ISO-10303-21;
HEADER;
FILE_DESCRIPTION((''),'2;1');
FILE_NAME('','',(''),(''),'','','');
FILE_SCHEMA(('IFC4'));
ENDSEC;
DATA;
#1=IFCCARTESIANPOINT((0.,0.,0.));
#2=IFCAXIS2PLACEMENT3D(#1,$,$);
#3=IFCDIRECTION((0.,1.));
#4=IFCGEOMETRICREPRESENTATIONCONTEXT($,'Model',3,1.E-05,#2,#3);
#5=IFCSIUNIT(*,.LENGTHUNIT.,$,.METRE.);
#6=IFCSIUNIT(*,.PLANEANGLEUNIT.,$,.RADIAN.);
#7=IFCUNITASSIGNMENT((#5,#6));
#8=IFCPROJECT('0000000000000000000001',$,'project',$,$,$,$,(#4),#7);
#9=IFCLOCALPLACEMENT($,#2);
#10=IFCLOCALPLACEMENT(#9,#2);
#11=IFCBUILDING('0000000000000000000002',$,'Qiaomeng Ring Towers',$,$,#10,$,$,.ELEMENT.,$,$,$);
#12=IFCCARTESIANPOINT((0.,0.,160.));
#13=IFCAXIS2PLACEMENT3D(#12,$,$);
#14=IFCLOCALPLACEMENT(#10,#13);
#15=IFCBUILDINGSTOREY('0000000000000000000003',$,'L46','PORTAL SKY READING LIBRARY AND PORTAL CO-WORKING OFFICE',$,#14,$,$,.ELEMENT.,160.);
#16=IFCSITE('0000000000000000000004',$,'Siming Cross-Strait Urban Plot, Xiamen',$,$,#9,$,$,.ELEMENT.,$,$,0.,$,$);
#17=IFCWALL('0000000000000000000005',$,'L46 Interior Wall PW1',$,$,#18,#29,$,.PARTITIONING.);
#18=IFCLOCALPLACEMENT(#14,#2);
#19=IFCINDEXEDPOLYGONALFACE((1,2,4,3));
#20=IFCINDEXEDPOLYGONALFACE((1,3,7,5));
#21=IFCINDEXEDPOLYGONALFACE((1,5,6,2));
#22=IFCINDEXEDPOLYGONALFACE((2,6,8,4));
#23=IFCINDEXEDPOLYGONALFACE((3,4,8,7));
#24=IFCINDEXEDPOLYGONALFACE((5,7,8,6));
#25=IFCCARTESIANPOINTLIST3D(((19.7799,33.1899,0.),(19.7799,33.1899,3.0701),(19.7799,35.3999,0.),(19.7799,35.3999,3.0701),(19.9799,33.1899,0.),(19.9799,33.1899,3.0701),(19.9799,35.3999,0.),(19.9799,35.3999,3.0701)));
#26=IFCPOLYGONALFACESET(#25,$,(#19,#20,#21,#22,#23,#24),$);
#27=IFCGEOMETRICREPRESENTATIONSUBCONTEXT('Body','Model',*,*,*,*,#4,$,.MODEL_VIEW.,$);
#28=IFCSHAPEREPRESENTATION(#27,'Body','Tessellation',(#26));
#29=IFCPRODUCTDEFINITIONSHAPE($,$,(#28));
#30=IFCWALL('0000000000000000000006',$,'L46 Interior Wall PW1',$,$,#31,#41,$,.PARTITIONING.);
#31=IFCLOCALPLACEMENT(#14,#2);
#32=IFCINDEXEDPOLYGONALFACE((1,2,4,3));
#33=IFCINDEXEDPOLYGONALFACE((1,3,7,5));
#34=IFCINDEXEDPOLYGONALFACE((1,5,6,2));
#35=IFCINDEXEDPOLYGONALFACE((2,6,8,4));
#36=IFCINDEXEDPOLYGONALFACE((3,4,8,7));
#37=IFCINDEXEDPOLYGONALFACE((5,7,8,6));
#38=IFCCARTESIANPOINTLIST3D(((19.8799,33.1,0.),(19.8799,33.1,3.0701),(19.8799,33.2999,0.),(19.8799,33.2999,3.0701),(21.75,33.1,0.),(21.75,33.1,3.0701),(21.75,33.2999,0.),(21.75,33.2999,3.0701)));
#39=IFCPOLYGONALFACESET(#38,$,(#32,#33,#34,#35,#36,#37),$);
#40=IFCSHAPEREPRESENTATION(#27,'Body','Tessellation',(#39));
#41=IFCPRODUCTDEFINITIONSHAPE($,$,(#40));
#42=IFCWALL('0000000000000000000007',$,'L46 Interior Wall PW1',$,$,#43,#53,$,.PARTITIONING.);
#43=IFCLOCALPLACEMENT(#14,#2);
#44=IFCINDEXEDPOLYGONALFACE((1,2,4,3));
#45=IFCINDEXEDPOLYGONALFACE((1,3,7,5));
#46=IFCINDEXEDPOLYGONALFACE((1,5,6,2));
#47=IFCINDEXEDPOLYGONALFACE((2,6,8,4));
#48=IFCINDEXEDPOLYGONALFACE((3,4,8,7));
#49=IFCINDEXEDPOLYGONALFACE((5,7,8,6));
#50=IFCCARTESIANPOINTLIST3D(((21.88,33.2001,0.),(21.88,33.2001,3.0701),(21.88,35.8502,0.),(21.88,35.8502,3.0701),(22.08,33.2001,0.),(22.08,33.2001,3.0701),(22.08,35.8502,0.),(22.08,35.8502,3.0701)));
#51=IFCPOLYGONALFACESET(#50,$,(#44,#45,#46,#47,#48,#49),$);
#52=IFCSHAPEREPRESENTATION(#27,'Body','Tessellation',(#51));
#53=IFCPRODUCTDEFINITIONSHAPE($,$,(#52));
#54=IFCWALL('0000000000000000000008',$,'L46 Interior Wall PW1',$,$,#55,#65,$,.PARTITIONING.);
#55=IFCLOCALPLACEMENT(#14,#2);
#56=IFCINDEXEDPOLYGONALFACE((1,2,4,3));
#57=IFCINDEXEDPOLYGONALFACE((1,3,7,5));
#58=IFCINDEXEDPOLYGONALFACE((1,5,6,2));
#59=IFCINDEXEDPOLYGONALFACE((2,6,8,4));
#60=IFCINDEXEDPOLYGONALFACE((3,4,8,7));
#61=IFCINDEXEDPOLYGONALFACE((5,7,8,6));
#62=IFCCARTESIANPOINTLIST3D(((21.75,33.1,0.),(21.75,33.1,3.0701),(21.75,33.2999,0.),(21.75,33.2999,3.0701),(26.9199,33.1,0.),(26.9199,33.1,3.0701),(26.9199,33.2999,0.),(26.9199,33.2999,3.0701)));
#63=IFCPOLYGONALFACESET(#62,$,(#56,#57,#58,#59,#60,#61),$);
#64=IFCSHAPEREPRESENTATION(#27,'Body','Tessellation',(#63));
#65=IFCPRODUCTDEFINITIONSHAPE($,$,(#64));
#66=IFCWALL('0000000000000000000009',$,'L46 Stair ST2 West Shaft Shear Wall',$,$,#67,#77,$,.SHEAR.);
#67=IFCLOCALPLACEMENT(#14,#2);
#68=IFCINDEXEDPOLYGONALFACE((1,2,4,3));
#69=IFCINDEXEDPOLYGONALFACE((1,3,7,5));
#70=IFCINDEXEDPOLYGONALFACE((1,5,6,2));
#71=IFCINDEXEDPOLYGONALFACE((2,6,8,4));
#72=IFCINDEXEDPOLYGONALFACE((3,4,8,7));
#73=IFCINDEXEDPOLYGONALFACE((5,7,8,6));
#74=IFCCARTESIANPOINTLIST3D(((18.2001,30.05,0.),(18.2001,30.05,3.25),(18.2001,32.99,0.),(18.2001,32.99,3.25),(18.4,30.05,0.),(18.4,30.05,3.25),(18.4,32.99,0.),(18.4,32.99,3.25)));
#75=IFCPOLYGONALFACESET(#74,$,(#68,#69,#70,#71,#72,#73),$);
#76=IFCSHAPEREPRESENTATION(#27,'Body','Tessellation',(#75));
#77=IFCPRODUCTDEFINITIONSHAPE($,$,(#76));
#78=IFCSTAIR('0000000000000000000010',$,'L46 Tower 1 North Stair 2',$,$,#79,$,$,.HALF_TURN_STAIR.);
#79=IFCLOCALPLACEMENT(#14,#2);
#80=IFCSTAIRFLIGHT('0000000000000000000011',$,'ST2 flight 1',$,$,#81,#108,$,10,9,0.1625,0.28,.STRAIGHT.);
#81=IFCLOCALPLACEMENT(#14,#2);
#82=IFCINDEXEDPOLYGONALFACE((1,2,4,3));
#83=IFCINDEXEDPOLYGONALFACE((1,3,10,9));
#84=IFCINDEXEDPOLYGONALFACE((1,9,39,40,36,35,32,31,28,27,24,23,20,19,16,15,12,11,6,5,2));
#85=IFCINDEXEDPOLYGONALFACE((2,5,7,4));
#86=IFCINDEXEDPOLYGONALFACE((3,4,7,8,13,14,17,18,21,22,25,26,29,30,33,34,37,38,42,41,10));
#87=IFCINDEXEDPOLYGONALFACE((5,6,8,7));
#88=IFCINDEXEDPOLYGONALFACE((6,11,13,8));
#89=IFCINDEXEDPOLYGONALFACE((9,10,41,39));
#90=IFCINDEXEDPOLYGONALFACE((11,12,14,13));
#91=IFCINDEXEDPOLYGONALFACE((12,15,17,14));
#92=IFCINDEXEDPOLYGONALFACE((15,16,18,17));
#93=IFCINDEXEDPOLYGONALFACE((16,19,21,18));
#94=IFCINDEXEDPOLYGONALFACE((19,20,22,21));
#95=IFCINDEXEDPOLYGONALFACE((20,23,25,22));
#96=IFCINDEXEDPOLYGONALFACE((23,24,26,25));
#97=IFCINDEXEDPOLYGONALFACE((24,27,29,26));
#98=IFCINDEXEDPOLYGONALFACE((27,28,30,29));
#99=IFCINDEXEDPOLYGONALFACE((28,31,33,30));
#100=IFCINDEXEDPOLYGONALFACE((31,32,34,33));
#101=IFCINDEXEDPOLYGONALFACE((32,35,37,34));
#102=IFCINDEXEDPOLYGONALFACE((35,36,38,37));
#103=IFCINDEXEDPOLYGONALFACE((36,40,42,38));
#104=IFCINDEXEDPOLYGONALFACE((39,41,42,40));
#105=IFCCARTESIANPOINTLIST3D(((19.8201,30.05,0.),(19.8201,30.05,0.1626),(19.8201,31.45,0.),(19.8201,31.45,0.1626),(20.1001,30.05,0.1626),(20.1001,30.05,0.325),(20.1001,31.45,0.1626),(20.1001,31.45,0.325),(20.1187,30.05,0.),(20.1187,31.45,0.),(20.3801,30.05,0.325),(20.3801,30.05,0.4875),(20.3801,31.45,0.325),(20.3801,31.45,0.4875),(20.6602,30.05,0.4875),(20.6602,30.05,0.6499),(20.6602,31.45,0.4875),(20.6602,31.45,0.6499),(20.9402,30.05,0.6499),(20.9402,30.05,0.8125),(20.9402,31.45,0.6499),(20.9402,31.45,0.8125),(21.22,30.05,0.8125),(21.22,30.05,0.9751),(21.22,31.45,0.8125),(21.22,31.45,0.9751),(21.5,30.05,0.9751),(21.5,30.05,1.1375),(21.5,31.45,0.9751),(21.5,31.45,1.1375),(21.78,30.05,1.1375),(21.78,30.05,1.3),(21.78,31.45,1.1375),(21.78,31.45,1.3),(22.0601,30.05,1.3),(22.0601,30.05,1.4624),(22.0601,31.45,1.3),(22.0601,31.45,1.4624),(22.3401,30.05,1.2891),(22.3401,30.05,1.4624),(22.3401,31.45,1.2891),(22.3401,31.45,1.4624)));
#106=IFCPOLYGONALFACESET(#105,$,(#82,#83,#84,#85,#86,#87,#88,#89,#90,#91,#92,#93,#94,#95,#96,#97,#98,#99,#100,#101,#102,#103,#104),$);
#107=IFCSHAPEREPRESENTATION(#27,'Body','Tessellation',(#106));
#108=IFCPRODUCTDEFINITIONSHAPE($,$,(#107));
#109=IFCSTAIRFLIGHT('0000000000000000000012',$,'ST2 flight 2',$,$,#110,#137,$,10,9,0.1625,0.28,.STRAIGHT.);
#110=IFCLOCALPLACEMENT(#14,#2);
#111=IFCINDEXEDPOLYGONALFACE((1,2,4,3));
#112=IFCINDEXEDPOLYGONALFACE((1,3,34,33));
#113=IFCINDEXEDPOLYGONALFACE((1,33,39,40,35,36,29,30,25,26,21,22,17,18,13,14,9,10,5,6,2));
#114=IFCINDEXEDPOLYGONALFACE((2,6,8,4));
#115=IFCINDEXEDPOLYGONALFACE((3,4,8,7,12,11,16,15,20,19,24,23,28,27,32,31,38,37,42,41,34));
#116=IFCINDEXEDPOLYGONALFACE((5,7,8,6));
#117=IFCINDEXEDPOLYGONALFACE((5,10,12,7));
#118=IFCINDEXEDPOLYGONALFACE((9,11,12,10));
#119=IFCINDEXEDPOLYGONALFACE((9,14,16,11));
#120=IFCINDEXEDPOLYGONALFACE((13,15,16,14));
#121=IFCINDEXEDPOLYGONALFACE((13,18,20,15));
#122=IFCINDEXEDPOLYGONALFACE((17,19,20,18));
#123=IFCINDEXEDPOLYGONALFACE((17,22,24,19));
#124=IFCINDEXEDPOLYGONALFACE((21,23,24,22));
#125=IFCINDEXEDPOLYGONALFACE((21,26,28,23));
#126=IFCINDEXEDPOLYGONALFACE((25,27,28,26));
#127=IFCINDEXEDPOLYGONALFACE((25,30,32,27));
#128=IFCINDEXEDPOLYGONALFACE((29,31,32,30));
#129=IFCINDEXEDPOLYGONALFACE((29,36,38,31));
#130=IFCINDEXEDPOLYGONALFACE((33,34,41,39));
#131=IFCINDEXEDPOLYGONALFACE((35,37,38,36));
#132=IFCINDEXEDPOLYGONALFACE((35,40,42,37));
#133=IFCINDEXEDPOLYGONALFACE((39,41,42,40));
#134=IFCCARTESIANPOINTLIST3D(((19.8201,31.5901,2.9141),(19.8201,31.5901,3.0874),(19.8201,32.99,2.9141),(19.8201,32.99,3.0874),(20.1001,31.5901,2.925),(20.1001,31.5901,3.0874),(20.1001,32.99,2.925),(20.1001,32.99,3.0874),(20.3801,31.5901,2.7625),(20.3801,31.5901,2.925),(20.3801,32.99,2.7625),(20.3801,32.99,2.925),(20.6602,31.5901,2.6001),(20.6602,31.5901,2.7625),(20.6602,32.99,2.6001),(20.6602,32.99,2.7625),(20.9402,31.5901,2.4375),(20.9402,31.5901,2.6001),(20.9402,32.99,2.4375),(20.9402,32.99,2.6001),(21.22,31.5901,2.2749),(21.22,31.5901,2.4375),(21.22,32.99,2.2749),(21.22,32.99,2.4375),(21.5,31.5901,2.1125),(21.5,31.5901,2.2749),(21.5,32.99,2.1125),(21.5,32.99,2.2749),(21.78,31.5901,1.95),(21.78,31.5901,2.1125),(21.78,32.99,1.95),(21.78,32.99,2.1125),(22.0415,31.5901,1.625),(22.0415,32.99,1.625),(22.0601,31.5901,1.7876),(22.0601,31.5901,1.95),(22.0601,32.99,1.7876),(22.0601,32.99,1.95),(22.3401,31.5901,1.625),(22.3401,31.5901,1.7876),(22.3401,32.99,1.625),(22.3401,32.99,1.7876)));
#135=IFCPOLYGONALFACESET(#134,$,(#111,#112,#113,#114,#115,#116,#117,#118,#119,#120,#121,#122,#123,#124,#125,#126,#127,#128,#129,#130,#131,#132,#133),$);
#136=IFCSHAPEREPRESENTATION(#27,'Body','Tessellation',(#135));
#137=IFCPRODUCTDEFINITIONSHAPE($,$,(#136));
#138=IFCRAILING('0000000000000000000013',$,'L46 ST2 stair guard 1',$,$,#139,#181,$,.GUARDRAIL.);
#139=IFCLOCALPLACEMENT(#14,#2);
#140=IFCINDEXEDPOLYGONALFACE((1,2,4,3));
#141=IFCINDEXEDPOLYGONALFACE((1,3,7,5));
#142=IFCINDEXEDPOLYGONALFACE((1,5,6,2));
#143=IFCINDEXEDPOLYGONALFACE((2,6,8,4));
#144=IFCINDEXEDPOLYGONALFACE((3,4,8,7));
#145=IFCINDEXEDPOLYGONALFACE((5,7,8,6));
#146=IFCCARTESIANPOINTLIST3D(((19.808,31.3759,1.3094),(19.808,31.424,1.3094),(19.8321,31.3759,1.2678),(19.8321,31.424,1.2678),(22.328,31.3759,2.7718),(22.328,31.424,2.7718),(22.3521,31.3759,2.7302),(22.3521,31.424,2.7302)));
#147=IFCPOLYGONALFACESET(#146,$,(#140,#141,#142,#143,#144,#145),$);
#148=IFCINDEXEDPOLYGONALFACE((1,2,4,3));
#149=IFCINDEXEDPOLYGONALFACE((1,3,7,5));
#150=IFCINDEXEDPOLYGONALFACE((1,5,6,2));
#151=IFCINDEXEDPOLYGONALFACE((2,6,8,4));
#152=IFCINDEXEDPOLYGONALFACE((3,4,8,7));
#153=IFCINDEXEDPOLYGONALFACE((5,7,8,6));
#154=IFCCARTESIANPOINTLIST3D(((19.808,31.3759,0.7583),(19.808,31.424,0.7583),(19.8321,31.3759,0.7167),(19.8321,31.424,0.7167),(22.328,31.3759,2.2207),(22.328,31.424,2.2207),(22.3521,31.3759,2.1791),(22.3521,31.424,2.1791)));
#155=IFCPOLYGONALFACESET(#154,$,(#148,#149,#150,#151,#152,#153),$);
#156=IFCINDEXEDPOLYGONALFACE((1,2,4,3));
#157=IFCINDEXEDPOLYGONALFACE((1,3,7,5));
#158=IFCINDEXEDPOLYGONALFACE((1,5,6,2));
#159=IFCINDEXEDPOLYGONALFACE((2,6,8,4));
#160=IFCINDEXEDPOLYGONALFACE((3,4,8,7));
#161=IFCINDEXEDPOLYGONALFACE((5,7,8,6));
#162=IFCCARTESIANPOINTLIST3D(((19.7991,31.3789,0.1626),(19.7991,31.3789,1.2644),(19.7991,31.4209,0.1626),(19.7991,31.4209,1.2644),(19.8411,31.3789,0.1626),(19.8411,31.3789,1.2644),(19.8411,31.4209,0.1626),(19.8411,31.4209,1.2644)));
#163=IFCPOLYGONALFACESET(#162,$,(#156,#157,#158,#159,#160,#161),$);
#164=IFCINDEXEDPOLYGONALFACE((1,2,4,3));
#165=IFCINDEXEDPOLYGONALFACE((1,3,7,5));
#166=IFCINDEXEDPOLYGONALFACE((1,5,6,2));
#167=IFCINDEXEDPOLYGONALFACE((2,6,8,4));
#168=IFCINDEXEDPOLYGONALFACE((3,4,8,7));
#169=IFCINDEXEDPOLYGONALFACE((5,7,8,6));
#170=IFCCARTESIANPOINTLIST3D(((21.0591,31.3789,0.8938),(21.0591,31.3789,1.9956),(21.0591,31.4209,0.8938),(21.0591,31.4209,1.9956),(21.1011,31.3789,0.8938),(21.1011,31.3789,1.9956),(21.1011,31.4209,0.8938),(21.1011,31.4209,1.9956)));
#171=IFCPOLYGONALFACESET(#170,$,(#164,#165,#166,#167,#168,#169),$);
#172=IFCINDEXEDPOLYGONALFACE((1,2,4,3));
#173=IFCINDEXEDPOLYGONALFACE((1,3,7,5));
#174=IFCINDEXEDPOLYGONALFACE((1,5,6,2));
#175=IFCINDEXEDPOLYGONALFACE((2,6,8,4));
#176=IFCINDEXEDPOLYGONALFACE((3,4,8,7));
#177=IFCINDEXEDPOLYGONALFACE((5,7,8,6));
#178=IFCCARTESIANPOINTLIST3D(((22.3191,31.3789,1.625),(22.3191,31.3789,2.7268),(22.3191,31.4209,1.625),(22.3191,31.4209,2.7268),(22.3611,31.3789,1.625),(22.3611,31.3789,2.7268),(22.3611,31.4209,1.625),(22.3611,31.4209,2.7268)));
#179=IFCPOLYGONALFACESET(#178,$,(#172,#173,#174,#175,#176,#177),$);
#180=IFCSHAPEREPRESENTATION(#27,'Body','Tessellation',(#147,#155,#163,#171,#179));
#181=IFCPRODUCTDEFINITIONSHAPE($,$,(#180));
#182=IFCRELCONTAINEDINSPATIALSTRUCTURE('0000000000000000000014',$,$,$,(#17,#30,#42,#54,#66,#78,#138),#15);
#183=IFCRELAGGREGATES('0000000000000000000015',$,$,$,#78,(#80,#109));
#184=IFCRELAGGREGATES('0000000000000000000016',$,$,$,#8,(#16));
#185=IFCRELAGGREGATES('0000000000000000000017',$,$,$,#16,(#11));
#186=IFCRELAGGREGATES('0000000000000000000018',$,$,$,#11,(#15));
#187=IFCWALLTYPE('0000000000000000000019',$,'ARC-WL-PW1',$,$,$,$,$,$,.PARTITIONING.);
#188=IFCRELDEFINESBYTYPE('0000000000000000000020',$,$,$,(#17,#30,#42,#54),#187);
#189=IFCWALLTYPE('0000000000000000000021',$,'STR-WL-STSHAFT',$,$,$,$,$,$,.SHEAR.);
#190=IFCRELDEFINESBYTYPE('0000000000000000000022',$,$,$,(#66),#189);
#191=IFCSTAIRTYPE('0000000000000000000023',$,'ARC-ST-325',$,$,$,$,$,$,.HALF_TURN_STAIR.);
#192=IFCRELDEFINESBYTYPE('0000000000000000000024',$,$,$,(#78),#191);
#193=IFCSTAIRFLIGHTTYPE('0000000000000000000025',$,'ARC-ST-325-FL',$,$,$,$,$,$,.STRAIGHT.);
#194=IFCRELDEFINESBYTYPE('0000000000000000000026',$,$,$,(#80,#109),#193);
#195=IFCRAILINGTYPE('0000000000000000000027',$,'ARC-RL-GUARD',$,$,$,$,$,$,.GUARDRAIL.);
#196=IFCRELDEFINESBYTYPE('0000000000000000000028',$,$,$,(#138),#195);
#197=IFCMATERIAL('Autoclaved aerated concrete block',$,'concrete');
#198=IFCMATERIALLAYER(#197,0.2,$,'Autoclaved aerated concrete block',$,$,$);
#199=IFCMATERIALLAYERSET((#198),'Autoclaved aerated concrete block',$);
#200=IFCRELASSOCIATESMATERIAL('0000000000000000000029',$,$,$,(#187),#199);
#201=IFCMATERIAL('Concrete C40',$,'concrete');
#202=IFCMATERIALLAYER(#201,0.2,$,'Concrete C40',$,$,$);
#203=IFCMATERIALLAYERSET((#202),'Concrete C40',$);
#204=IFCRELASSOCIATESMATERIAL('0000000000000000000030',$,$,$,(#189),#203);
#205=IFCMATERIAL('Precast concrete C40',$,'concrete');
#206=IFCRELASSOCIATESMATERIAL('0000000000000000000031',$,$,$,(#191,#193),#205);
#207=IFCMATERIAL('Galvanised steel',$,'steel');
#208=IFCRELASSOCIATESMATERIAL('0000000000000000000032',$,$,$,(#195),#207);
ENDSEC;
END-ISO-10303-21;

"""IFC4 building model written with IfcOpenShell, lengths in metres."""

from ifc_helpers import new_model, si_unit, direction, frame, frame_2d, origin, origin_2d, place, context, subcontext, project, spatial, polyline, rectangle, outline, extrude, source, transform, mapped, material, layer, layer_set, type_object, element, aggregate, save


model = new_model("IFC4")

# Units and contexts
model_context = context("Model", 3, precision=1e-05, world=origin(), true_north=direction((0.0, 1.0)))
body_context = subcontext(model_context, "Body", "Model", "MODEL_VIEW")
ifc_project = project(units=[si_unit("LENGTHUNIT", "METRE"), si_unit("PLANEANGLEUNIT", "RADIAN")], contexts=[model_context])

# Site, building, storey
site_placement = place(None, origin())
site = spatial("IfcSite", under=ifc_project, at=site_placement, Name="Siming Cross-Strait Urban Plot, Xiamen", CompositionType="ELEMENT", RefElevation=0.0)
building_placement = place(site_placement, origin())
building = spatial("IfcBuilding", under=site, at=building_placement, Name="Qiaomeng Ring Towers", CompositionType="ELEMENT")
storey_placement = place(building_placement, frame((0.0, 0.0, 160.0)))
storey = spatial("IfcBuildingStorey", under=building, at=storey_placement, Name="L46", Description="PORTAL SKY READING LIBRARY AND PORTAL CO-WORKING OFFICE", CompositionType="ELEMENT", Elevation=160.0)

# Walls
ifc_material_1 = material(Name="Autoclaved aerated concrete block", Category="concrete")
ifc_layer_1 = layer(ifc_material_1, 0.2, Name="Autoclaved aerated concrete block")
ifc_layer_set_1 = layer_set([ifc_layer_1], Name="Autoclaved aerated concrete block")
wall_type_1 = type_object("IfcWallType", Name="ARC-WL-PW1", PredefinedType="PARTITIONING", material=ifc_layer_set_1)
wall_1_placement = place(storey_placement, frame((19.8799, 33.1899, 0.0), z_axis=(0.0, 0.0, 1.0), x_axis=(0.0, 1.0, 0.0)))
element("IfcWall", 1, at=wall_1_placement, inside=storey, type_object=wall_type_1, Name="L46 Interior Wall PW1", PredefinedType="PARTITIONING", context=body_context, shape_type="SweptSolid", body=[
    extrude(rectangle(XDim=2.21, YDim=0.2, at=frame_2d((1.105, 0.0))), origin(), (0.0, 0.0, 1.0), 3.0701),
])
wall_2_placement = place(storey_placement, frame((19.8799, 33.2, 0.0), z_axis=(0.0, 0.0, 1.0), x_axis=(1.0, 0.0, 0.0)))
element("IfcWall", 2, at=wall_2_placement, inside=storey, type_object=wall_type_1, Name="L46 Interior Wall PW1", PredefinedType="PARTITIONING", context=body_context, shape_type="SweptSolid", body=[
    extrude(rectangle(XDim=1.8701, YDim=0.2, at=frame_2d((0.9351, 0.0))), origin(), (0.0, 0.0, 1.0), 3.0701),
])
wall_3_placement = place(storey_placement, frame((21.98, 33.2, 0.0), z_axis=(0.0, 0.0, 1.0), x_axis=(0.0, 1.0, 0.0)))
element("IfcWall", 3, at=wall_3_placement, inside=storey, type_object=wall_type_1, Name="L46 Interior Wall PW1", PredefinedType="PARTITIONING", context=body_context, shape_type="SweptSolid", body=[
    extrude(rectangle(XDim=2.6501, YDim=0.2, at=frame_2d((1.3252, 0.0))), origin(), (0.0, 0.0, 1.0), 3.0701),
])
wall_4_placement = place(storey_placement, frame((21.75, 33.2, 0.0), z_axis=(0.0, 0.0, 1.0), x_axis=(1.0, 0.0, 0.0)))
element("IfcWall", 4, at=wall_4_placement, inside=storey, type_object=wall_type_1, Name="L46 Interior Wall PW1", PredefinedType="PARTITIONING", context=body_context, shape_type="SweptSolid", body=[
    extrude(rectangle(XDim=5.1699, YDim=0.2, at=frame_2d((2.585, 0.0))), origin(), (0.0, 0.0, 1.0), 3.0701),
])
ifc_material_2 = material(Name="Concrete C40", Category="concrete")
ifc_layer_2 = layer(ifc_material_2, 0.2, Name="Concrete C40")
ifc_layer_set_2 = layer_set([ifc_layer_2], Name="Concrete C40")
wall_type_2 = type_object("IfcWallType", Name="STR-WL-STSHAFT", PredefinedType="SHEAR", material=ifc_layer_set_2)
wall_5_placement = place(storey_placement, frame((18.3, 30.05, 0.0), z_axis=(0.0, 0.0, 1.0), x_axis=(0.0, 1.0, 0.0)))
element("IfcWall", 5, at=wall_5_placement, inside=storey, type_object=wall_type_2, Name="L46 Stair ST2 West Shaft Shear Wall", PredefinedType="SHEAR", context=body_context, shape_type="SweptSolid", body=[
    extrude(rectangle(XDim=2.9399, YDim=0.2, at=frame_2d((1.47, 0.0))), origin(), (0.0, 0.0, 1.0), 3.25),
])

# Stair, stair flights
ifc_material_3 = material(Name="Precast concrete C40", Category="concrete")
stair_type = type_object("IfcStairType", Name="ARC-ST-325", PredefinedType="HALF_TURN_STAIR", material=ifc_material_3)
stair_placement = place(storey_placement, origin())
stair = element("IfcStair", 6, at=stair_placement, inside=storey, type_object=stair_type, Name="L46 Tower 1 North Stair 2", PredefinedType="HALF_TURN_STAIR")
stair_flight_type = type_object("IfcStairFlightType", Name="ARC-ST-325-FL", PredefinedType="STRAIGHT", material=ifc_material_3)
shared_shape = source(origin(), body_context, "Body", "SweptSolid", [
    extrude(outline(polyline([(0.0, 0.0), (0.0, 0.1626), (0.28, 0.1626), (0.28, 0.325), (0.5601, 0.325), (0.5601, 0.4875), (0.8401, 0.4875), (0.8401, 0.6499), (1.1201, 0.6499), (1.1201, 0.8125), (1.3999, 0.8125), (1.3999, 0.9751), (1.6799, 0.9751), (1.6799, 1.1375), (1.96, 1.1375), (1.96, 1.3), (2.24, 1.3), (2.24, 1.4624), (2.52, 1.4624), (2.52, 1.625), (2.52, 1.2891), (0.2986, 0.0), (0.0, 0.0)])), frame((0.0, 0.7, 0.0), z_axis=(0.0, -1.0, 0.0), x_axis=(1.0, 0.0, 0.0)), (0.0, 0.0, 1.0), 1.3999),
])
stair_flight_1_placement = place(storey_placement, frame((19.8201, 30.75, 0.0), z_axis=(0.0, 0.0, 1.0), x_axis=(1.0, 0.0, 0.0)))
stair_flight_1 = element("IfcStairFlight", 7, at=stair_flight_1_placement, type_object=stair_flight_type, Name="ST2 flight 1", NumberOfRisers=10, NumberOfTreads=9, PredefinedType="STRAIGHT", RiserHeight=0.1625, TreadLength=0.28, context=body_context, shape_type="MappedRepresentation", body=[
    mapped(shared_shape, transform((0.0, 0.0, 0.0), x_axis=(1.0, 0.0, 0.0), y_axis=(0.0, 1.0, 0.0), z_axis=(0.0, 0.0, 1.0), scale=1.0)),
])
stair_flight_2_placement = place(storey_placement, frame((22.3401, 32.29, 1.625), z_axis=(0.0, 0.0, 1.0), x_axis=(-1.0, 0.0, 0.0)))
stair_flight_2 = element("IfcStairFlight", 8, at=stair_flight_2_placement, type_object=stair_flight_type, Name="ST2 flight 2", NumberOfRisers=10, NumberOfTreads=9, PredefinedType="STRAIGHT", RiserHeight=0.1625, TreadLength=0.28, context=body_context, shape_type="MappedRepresentation", body=[
    mapped(shared_shape, transform((0.0, 0.0, 0.0), x_axis=(1.0, 0.0, 0.0), y_axis=(0.0, 1.0, 0.0), z_axis=(0.0, 0.0, 1.0), scale=1.0)),
])
aggregate(stair, [stair_flight_1, stair_flight_2])

# Railing
ifc_material_4 = material(Name="Galvanised steel", Category="steel")
railing_type_1 = type_object("IfcRailingType", Name="ARC-RL-GUARD", PredefinedType="GUARDRAIL", material=ifc_material_4)
railing_1_placement = place(storey_placement, frame((19.8201, 31.3999, 0.1626)))
element("IfcRailing", 9, at=railing_1_placement, inside=storey, type_object=railing_type_1, Name="L46 ST2 stair guard 1", PredefinedType="GUARDRAIL", context=body_context, shape_type="SweptSolid", body=[
    extrude(rectangle(XDim=0.0481, YDim=0.0481, at=origin_2d()), frame((0.0, 0.0, 1.126), z_axis=(0.864913, 0.0, 0.501921), x_axis=(0.0, 1.0, 0.0)), (0.0, 0.0, 1.0), 2.9136),
    extrude(rectangle(XDim=0.0481, YDim=0.0481, at=origin_2d()), frame((0.0, 0.0, 0.575), z_axis=(0.864913, 0.0, 0.501921), x_axis=(0.0, 1.0, 0.0)), (0.0, 0.0, 1.0), 2.9136),
    extrude(rectangle(XDim=0.042, YDim=0.042, at=origin_2d()), origin(), (0.0, 0.0, 1.0), 1.1018),
    extrude(rectangle(XDim=0.042, YDim=0.042, at=origin_2d()), frame((1.26, 0.0, 0.7312)), (0.0, 0.0, 1.0), 1.1018),
    extrude(rectangle(XDim=0.042, YDim=0.042, at=origin_2d()), frame((2.52, 0.0, 1.4624)), (0.0, 0.0, 1.0), 1.1018),
])

save(model, "model.ifc")
